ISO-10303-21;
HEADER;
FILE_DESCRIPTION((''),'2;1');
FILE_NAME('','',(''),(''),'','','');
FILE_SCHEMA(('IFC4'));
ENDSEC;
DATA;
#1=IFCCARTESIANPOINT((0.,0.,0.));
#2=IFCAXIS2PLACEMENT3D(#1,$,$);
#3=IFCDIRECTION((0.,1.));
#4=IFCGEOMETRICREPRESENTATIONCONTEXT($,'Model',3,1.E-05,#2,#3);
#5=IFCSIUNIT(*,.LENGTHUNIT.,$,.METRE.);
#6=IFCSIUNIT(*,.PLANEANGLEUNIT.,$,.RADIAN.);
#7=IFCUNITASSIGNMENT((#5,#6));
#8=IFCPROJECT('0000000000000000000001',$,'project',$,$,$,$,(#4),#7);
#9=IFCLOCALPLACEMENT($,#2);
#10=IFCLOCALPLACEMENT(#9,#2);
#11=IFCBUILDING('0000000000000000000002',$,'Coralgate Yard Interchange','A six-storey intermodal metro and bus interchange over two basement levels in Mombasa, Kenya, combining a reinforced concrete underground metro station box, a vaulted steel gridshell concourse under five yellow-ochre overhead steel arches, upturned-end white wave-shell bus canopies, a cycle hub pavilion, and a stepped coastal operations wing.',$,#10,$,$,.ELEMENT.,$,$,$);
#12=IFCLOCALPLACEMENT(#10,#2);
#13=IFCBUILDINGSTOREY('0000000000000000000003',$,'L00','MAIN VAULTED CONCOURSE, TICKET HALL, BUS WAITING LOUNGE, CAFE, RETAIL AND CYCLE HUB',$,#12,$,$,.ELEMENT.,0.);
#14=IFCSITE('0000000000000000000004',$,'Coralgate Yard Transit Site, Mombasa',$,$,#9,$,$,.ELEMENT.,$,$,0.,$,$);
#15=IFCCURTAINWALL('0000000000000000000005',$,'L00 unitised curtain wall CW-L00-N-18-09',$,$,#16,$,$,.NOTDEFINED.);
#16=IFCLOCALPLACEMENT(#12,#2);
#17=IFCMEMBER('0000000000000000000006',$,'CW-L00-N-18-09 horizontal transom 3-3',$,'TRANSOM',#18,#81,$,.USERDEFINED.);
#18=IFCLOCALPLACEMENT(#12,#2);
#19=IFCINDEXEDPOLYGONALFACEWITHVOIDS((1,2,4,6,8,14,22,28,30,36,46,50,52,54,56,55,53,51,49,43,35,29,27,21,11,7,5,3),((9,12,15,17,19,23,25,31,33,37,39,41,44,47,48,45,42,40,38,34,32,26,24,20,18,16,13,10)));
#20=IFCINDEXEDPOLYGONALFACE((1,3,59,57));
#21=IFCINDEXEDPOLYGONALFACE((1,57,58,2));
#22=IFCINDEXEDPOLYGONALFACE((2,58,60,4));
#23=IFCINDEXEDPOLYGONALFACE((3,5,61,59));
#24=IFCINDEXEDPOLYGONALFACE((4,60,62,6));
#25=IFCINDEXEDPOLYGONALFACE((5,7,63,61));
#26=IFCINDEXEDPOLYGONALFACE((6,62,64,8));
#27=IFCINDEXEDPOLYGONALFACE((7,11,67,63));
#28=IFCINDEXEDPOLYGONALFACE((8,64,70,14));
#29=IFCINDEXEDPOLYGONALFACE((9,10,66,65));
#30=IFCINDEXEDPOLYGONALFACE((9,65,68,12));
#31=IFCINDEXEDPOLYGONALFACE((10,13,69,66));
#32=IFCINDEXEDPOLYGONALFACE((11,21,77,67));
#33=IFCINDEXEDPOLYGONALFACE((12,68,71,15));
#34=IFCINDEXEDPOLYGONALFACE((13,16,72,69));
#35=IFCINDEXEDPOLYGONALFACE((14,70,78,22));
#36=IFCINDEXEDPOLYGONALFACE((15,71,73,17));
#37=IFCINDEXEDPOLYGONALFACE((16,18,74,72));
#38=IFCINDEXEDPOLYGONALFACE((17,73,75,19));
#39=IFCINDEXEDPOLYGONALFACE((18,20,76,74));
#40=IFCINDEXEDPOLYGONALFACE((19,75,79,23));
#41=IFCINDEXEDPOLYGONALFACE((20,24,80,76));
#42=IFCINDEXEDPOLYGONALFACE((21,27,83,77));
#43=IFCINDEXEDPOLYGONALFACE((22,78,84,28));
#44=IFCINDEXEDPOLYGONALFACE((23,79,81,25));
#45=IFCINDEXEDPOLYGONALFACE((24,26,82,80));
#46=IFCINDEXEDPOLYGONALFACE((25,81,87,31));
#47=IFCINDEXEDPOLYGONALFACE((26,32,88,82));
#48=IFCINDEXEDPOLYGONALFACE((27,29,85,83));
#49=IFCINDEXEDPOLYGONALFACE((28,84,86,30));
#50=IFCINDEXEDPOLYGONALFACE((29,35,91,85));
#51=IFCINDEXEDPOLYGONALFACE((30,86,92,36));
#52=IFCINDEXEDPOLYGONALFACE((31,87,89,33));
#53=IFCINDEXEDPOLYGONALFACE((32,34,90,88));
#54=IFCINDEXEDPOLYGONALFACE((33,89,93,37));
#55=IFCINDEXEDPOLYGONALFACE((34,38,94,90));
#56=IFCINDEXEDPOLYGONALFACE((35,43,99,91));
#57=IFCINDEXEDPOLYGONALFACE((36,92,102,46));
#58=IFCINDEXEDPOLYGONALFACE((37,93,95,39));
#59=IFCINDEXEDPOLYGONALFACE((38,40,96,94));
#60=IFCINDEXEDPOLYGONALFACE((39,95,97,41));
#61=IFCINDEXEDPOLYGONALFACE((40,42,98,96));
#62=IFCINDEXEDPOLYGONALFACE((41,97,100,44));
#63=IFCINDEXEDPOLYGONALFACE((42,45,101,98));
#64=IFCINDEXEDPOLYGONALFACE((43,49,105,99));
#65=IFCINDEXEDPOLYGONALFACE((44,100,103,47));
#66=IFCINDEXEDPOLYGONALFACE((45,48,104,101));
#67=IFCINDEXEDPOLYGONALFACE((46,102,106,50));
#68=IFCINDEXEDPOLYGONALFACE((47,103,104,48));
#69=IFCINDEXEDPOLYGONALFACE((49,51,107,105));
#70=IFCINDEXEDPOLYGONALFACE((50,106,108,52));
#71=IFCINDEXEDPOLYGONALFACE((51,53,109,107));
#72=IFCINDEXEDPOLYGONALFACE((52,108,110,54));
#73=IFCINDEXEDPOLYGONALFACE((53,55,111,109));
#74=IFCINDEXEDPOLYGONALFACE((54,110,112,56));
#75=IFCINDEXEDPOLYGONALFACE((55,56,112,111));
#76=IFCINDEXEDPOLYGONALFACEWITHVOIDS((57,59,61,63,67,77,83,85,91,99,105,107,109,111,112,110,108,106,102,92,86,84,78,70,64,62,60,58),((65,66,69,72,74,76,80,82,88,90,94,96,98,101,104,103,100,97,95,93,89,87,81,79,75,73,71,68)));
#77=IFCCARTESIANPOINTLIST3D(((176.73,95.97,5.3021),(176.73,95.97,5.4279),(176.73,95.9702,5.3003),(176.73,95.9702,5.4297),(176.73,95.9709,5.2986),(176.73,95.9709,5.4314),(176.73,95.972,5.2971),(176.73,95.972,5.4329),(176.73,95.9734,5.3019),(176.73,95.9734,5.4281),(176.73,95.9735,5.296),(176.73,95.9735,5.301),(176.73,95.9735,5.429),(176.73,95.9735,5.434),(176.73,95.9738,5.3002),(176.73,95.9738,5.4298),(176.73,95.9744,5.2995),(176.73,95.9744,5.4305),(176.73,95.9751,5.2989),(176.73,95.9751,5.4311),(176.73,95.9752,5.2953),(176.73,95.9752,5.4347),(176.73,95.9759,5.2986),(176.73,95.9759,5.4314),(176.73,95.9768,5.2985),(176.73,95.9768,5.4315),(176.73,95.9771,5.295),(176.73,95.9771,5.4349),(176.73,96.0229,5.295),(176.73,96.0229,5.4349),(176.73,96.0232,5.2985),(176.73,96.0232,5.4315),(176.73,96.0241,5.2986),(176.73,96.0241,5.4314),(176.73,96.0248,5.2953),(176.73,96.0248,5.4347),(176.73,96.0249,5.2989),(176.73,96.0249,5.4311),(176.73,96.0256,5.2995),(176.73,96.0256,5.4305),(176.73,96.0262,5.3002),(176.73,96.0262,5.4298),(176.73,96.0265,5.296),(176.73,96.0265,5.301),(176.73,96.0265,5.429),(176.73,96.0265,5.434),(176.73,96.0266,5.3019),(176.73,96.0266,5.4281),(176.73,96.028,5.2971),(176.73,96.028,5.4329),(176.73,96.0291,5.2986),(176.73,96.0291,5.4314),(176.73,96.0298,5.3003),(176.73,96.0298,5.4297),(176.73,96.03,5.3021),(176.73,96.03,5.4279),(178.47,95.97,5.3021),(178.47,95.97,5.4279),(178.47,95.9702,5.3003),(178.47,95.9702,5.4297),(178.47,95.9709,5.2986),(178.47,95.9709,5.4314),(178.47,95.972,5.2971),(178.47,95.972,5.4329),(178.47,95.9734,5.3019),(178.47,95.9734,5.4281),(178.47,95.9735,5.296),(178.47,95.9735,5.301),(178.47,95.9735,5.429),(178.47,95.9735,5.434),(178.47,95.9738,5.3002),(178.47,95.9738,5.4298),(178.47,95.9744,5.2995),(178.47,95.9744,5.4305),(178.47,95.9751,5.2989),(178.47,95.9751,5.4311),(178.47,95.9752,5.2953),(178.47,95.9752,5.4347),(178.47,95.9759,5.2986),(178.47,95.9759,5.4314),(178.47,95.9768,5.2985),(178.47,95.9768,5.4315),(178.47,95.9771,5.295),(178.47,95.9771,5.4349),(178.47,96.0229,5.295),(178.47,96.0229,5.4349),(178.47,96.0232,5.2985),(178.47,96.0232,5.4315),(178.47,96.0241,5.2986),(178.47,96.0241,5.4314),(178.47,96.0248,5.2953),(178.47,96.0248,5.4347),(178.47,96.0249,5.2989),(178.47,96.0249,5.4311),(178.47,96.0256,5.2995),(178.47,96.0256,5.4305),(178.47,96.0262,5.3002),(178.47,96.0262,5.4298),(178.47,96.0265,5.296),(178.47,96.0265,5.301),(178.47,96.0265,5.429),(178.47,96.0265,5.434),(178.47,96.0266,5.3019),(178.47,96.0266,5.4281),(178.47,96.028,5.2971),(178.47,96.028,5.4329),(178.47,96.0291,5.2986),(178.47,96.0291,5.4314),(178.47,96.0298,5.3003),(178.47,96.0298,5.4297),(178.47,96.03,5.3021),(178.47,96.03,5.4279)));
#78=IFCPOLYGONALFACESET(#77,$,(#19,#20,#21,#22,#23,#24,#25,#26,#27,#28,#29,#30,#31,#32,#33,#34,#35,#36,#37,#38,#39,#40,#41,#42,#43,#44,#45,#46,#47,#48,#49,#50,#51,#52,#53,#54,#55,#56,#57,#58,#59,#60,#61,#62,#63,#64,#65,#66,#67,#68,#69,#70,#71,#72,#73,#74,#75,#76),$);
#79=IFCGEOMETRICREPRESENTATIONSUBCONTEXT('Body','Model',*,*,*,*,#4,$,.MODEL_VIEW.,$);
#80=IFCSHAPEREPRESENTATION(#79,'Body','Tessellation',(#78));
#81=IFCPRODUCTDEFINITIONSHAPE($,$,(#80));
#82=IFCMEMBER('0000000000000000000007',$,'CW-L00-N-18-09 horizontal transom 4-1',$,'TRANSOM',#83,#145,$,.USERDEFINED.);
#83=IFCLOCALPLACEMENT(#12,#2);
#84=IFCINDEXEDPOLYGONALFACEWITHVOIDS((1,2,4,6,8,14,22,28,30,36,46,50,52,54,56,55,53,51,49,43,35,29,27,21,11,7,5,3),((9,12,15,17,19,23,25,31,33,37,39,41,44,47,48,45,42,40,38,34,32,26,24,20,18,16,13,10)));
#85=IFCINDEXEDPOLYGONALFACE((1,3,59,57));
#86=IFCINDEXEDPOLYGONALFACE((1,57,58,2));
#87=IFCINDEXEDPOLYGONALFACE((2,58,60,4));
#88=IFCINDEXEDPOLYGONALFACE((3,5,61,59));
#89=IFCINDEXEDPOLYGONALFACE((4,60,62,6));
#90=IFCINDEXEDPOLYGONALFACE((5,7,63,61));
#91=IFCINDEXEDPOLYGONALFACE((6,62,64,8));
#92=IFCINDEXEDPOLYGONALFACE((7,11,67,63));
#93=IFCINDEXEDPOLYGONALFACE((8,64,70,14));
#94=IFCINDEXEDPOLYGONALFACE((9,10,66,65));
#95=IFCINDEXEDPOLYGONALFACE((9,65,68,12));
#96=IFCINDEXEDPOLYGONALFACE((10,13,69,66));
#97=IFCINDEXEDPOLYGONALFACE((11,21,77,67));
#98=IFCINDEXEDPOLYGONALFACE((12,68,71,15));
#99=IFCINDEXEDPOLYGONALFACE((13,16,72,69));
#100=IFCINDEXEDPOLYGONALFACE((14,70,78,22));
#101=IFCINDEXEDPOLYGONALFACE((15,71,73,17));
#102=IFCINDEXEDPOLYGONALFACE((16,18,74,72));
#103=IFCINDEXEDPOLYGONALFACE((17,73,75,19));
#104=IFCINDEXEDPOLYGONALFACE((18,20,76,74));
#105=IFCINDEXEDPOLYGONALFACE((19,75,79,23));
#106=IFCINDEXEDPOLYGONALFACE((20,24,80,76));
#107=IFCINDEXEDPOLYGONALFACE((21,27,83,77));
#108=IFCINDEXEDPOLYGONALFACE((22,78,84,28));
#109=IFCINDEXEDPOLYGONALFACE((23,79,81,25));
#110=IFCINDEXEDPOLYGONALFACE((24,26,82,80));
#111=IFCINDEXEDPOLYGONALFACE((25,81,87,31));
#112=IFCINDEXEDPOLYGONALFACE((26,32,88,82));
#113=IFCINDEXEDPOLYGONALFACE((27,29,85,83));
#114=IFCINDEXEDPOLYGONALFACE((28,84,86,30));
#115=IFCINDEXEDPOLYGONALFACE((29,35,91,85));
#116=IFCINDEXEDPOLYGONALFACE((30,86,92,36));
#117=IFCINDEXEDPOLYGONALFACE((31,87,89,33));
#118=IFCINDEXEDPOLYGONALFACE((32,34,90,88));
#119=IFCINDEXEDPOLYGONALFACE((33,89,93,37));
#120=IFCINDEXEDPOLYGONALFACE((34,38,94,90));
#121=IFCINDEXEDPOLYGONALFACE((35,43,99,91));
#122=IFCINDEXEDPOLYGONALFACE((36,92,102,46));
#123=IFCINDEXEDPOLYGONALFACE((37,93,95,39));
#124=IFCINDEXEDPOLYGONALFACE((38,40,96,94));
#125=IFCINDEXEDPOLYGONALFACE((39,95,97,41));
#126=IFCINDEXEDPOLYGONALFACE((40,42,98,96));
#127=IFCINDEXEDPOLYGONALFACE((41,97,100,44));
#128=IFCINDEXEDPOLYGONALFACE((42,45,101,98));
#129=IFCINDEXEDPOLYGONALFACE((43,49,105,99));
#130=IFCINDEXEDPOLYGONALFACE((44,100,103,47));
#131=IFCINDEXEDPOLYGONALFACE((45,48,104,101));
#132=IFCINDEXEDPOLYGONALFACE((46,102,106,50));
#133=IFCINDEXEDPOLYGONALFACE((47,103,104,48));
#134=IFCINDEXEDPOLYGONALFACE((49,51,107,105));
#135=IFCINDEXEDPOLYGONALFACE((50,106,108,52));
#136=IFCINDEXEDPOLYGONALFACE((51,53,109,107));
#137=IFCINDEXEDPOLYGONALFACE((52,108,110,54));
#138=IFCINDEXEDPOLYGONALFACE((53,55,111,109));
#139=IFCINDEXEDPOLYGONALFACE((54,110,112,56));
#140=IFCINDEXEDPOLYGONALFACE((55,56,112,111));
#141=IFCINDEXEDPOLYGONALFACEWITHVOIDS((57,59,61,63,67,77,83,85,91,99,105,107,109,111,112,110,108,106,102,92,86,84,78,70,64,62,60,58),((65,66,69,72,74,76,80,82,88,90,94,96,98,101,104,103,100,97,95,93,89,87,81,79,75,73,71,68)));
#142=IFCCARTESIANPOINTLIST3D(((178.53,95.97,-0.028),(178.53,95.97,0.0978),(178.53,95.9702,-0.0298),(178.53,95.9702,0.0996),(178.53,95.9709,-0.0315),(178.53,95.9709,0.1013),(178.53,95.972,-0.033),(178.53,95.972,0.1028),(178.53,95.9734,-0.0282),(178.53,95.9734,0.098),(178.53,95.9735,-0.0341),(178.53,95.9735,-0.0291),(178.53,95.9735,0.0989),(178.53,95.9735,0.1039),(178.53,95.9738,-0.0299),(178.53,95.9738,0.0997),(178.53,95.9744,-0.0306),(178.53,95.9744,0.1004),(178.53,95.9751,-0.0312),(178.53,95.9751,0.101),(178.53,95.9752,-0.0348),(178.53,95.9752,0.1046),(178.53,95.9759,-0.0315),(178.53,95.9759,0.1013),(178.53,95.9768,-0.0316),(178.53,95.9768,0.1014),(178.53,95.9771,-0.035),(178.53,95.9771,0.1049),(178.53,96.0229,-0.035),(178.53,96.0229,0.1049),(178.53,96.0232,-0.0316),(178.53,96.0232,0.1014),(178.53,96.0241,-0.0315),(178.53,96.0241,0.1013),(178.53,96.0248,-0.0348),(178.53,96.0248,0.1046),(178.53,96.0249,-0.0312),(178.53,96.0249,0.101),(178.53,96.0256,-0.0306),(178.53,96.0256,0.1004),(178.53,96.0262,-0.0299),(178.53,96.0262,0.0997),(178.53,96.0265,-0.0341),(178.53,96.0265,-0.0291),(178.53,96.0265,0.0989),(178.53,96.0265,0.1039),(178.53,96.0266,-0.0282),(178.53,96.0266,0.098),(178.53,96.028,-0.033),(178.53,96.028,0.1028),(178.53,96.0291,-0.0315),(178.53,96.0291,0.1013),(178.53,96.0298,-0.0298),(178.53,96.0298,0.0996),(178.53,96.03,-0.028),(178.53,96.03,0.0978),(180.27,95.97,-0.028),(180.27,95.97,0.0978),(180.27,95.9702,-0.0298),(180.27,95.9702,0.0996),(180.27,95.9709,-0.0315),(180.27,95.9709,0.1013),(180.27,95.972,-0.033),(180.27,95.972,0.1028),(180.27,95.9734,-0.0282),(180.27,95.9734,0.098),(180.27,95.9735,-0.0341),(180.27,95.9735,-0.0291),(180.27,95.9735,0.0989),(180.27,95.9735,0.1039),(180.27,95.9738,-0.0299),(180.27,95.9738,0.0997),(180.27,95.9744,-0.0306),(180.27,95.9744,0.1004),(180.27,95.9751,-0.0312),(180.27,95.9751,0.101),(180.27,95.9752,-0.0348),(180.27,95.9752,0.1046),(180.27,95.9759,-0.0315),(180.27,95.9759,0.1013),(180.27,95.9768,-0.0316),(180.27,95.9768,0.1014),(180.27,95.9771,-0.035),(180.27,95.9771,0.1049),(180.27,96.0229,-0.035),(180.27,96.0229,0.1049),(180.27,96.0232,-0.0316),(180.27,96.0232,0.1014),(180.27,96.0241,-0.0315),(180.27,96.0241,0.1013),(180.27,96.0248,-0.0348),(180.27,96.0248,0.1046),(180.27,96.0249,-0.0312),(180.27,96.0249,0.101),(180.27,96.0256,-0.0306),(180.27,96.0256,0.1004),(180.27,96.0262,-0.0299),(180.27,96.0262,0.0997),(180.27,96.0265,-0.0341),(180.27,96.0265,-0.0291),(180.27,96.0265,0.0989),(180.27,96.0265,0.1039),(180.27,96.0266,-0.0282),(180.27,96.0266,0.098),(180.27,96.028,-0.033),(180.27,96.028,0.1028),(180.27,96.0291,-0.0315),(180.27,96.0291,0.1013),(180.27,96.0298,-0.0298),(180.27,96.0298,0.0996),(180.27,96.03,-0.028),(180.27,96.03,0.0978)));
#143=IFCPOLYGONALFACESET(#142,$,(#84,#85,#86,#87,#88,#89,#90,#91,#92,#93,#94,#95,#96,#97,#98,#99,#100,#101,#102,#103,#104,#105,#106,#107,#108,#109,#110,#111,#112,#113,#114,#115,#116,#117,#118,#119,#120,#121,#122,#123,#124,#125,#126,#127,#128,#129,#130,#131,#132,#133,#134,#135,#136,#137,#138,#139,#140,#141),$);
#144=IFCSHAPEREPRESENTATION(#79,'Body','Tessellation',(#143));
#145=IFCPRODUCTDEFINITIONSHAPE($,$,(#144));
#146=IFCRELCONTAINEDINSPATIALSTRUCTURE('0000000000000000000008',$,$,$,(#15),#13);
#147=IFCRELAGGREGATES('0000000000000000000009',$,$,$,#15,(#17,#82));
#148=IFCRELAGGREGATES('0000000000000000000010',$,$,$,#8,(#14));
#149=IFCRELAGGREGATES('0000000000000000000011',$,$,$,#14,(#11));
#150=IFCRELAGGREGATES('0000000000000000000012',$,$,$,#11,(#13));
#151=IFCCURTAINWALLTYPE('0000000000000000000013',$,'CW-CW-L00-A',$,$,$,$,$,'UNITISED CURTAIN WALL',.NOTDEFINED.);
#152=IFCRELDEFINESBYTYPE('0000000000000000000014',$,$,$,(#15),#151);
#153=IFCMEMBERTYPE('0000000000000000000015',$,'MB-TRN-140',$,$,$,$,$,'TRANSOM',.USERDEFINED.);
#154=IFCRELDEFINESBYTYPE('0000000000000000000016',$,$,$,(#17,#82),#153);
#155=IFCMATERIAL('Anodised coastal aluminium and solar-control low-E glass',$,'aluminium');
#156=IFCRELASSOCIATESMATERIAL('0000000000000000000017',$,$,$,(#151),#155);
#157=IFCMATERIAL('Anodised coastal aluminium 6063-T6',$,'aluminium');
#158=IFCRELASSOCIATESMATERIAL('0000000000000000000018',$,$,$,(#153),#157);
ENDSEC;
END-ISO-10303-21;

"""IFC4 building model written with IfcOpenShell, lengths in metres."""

from ifc_helpers import new_model, si_unit, direction, frame, origin, origin_2d, place, context, subcontext, project, spatial, hollow_rectangle, extrude, material, material_profile, profile_set, type_object, element, aggregate, save


model = new_model("IFC4")

# Units and contexts
model_context = context("Model", 3, precision=1e-05, world=origin(), true_north=direction((0.0, 1.0)))
body_context = subcontext(model_context, "Body", "Model", "MODEL_VIEW")
ifc_project = project(units=[si_unit("LENGTHUNIT", "METRE"), si_unit("PLANEANGLEUNIT", "RADIAN")], contexts=[model_context])

# Site, building, storey
site_placement = place(None, origin())
site = spatial("IfcSite", under=ifc_project, at=site_placement, Name="Coralgate Yard Transit Site, Mombasa", CompositionType="ELEMENT", RefElevation=0.0)
building_placement = place(site_placement, origin())
building = spatial("IfcBuilding", under=site, at=building_placement, Name="Coralgate Yard Interchange", Description="A six-storey intermodal metro and bus interchange over two basement levels in Mombasa, Kenya, combining a reinforced concrete underground metro station box, a vaulted steel gridshell concourse under five yellow-ochre overhead steel arches, upturned-end white wave-shell bus canopies, a cycle hub pavilion, and a stepped coastal operations wing.", CompositionType="ELEMENT")
storey_placement = place(building_placement, origin())
storey = spatial("IfcBuildingStorey", under=building, at=storey_placement, Name="L00", Description="MAIN VAULTED CONCOURSE, TICKET HALL, BUS WAITING LOUNGE, CAFE, RETAIL AND CYCLE HUB", CompositionType="ELEMENT", Elevation=0.0)

# Curtain wall, members
ifc_material_1 = material(Name="Anodised coastal aluminium and solar-control low-E glass", Category="aluminium")
curtain_wall_type = type_object("IfcCurtainWallType", Name="CW-CW-L00-A", ElementType="UNITISED CURTAIN WALL", PredefinedType="NOTDEFINED", material=ifc_material_1)
curtain_wall_placement = place(storey_placement, origin())
curtain_wall = element("IfcCurtainWall", 1, at=curtain_wall_placement, inside=storey, type_object=curtain_wall_type, Name="L00 unitised curtain wall CW-L00-N-18-09", PredefinedType="NOTDEFINED")
ifc_material_2 = material(Name="Anodised coastal aluminium 6063-T6", Category="aluminium")
ifc_material_profile_1 = material_profile(ifc_material_2, hollow_rectangle(XDim=0.0601, YDim=0.1399, WallThickness=0.0034, InnerFilletRadius=0.0034, OuterFilletRadius=0.0071, at=origin_2d()), Name="ALU 60x140x3.5")
ifc_profile_set_1 = profile_set([ifc_material_profile_1], Name="Anodised coastal aluminium 6063-T6")
member_type_1 = type_object("IfcMemberType", Name="MB-TRN-140", ElementType="TRANSOM", PredefinedType="USERDEFINED", material=ifc_profile_set_1)
member_1_placement = place(storey_placement, frame((176.73, 96.0, 5.365), z_axis=(1.0, 0.0, 0.0), x_axis=(0.0, 1.0, 0.0)))
member_1 = element("IfcMember", 2, at=member_1_placement, type_object=member_type_1, Name="CW-L00-N-18-09 horizontal transom 3-3", ObjectType="TRANSOM", PredefinedType="USERDEFINED", context=body_context, shape_type="SweptSolid", body=[
    extrude(hollow_rectangle(XDim=0.0601, YDim=0.1399, WallThickness=0.0034, InnerFilletRadius=0.0034, OuterFilletRadius=0.0071, at=origin_2d()), origin(), (0.0, 0.0, 1.0), 1.74),
])
member_2_placement = place(storey_placement, frame((178.53, 96.0, 0.0349), z_axis=(1.0, 0.0, 0.0), x_axis=(0.0, 1.0, 0.0)))
member_2 = element("IfcMember", 3, at=member_2_placement, type_object=member_type_1, Name="CW-L00-N-18-09 horizontal transom 4-1", ObjectType="TRANSOM", PredefinedType="USERDEFINED", context=body_context, shape_type="SweptSolid", body=[
    extrude(hollow_rectangle(XDim=0.0601, YDim=0.1399, WallThickness=0.0034, InnerFilletRadius=0.0034, OuterFilletRadius=0.0071, at=origin_2d()), origin(), (0.0, 0.0, 1.0), 1.74),
])
aggregate(curtain_wall, [member_1, member_2])

save(model, "model.ifc")
